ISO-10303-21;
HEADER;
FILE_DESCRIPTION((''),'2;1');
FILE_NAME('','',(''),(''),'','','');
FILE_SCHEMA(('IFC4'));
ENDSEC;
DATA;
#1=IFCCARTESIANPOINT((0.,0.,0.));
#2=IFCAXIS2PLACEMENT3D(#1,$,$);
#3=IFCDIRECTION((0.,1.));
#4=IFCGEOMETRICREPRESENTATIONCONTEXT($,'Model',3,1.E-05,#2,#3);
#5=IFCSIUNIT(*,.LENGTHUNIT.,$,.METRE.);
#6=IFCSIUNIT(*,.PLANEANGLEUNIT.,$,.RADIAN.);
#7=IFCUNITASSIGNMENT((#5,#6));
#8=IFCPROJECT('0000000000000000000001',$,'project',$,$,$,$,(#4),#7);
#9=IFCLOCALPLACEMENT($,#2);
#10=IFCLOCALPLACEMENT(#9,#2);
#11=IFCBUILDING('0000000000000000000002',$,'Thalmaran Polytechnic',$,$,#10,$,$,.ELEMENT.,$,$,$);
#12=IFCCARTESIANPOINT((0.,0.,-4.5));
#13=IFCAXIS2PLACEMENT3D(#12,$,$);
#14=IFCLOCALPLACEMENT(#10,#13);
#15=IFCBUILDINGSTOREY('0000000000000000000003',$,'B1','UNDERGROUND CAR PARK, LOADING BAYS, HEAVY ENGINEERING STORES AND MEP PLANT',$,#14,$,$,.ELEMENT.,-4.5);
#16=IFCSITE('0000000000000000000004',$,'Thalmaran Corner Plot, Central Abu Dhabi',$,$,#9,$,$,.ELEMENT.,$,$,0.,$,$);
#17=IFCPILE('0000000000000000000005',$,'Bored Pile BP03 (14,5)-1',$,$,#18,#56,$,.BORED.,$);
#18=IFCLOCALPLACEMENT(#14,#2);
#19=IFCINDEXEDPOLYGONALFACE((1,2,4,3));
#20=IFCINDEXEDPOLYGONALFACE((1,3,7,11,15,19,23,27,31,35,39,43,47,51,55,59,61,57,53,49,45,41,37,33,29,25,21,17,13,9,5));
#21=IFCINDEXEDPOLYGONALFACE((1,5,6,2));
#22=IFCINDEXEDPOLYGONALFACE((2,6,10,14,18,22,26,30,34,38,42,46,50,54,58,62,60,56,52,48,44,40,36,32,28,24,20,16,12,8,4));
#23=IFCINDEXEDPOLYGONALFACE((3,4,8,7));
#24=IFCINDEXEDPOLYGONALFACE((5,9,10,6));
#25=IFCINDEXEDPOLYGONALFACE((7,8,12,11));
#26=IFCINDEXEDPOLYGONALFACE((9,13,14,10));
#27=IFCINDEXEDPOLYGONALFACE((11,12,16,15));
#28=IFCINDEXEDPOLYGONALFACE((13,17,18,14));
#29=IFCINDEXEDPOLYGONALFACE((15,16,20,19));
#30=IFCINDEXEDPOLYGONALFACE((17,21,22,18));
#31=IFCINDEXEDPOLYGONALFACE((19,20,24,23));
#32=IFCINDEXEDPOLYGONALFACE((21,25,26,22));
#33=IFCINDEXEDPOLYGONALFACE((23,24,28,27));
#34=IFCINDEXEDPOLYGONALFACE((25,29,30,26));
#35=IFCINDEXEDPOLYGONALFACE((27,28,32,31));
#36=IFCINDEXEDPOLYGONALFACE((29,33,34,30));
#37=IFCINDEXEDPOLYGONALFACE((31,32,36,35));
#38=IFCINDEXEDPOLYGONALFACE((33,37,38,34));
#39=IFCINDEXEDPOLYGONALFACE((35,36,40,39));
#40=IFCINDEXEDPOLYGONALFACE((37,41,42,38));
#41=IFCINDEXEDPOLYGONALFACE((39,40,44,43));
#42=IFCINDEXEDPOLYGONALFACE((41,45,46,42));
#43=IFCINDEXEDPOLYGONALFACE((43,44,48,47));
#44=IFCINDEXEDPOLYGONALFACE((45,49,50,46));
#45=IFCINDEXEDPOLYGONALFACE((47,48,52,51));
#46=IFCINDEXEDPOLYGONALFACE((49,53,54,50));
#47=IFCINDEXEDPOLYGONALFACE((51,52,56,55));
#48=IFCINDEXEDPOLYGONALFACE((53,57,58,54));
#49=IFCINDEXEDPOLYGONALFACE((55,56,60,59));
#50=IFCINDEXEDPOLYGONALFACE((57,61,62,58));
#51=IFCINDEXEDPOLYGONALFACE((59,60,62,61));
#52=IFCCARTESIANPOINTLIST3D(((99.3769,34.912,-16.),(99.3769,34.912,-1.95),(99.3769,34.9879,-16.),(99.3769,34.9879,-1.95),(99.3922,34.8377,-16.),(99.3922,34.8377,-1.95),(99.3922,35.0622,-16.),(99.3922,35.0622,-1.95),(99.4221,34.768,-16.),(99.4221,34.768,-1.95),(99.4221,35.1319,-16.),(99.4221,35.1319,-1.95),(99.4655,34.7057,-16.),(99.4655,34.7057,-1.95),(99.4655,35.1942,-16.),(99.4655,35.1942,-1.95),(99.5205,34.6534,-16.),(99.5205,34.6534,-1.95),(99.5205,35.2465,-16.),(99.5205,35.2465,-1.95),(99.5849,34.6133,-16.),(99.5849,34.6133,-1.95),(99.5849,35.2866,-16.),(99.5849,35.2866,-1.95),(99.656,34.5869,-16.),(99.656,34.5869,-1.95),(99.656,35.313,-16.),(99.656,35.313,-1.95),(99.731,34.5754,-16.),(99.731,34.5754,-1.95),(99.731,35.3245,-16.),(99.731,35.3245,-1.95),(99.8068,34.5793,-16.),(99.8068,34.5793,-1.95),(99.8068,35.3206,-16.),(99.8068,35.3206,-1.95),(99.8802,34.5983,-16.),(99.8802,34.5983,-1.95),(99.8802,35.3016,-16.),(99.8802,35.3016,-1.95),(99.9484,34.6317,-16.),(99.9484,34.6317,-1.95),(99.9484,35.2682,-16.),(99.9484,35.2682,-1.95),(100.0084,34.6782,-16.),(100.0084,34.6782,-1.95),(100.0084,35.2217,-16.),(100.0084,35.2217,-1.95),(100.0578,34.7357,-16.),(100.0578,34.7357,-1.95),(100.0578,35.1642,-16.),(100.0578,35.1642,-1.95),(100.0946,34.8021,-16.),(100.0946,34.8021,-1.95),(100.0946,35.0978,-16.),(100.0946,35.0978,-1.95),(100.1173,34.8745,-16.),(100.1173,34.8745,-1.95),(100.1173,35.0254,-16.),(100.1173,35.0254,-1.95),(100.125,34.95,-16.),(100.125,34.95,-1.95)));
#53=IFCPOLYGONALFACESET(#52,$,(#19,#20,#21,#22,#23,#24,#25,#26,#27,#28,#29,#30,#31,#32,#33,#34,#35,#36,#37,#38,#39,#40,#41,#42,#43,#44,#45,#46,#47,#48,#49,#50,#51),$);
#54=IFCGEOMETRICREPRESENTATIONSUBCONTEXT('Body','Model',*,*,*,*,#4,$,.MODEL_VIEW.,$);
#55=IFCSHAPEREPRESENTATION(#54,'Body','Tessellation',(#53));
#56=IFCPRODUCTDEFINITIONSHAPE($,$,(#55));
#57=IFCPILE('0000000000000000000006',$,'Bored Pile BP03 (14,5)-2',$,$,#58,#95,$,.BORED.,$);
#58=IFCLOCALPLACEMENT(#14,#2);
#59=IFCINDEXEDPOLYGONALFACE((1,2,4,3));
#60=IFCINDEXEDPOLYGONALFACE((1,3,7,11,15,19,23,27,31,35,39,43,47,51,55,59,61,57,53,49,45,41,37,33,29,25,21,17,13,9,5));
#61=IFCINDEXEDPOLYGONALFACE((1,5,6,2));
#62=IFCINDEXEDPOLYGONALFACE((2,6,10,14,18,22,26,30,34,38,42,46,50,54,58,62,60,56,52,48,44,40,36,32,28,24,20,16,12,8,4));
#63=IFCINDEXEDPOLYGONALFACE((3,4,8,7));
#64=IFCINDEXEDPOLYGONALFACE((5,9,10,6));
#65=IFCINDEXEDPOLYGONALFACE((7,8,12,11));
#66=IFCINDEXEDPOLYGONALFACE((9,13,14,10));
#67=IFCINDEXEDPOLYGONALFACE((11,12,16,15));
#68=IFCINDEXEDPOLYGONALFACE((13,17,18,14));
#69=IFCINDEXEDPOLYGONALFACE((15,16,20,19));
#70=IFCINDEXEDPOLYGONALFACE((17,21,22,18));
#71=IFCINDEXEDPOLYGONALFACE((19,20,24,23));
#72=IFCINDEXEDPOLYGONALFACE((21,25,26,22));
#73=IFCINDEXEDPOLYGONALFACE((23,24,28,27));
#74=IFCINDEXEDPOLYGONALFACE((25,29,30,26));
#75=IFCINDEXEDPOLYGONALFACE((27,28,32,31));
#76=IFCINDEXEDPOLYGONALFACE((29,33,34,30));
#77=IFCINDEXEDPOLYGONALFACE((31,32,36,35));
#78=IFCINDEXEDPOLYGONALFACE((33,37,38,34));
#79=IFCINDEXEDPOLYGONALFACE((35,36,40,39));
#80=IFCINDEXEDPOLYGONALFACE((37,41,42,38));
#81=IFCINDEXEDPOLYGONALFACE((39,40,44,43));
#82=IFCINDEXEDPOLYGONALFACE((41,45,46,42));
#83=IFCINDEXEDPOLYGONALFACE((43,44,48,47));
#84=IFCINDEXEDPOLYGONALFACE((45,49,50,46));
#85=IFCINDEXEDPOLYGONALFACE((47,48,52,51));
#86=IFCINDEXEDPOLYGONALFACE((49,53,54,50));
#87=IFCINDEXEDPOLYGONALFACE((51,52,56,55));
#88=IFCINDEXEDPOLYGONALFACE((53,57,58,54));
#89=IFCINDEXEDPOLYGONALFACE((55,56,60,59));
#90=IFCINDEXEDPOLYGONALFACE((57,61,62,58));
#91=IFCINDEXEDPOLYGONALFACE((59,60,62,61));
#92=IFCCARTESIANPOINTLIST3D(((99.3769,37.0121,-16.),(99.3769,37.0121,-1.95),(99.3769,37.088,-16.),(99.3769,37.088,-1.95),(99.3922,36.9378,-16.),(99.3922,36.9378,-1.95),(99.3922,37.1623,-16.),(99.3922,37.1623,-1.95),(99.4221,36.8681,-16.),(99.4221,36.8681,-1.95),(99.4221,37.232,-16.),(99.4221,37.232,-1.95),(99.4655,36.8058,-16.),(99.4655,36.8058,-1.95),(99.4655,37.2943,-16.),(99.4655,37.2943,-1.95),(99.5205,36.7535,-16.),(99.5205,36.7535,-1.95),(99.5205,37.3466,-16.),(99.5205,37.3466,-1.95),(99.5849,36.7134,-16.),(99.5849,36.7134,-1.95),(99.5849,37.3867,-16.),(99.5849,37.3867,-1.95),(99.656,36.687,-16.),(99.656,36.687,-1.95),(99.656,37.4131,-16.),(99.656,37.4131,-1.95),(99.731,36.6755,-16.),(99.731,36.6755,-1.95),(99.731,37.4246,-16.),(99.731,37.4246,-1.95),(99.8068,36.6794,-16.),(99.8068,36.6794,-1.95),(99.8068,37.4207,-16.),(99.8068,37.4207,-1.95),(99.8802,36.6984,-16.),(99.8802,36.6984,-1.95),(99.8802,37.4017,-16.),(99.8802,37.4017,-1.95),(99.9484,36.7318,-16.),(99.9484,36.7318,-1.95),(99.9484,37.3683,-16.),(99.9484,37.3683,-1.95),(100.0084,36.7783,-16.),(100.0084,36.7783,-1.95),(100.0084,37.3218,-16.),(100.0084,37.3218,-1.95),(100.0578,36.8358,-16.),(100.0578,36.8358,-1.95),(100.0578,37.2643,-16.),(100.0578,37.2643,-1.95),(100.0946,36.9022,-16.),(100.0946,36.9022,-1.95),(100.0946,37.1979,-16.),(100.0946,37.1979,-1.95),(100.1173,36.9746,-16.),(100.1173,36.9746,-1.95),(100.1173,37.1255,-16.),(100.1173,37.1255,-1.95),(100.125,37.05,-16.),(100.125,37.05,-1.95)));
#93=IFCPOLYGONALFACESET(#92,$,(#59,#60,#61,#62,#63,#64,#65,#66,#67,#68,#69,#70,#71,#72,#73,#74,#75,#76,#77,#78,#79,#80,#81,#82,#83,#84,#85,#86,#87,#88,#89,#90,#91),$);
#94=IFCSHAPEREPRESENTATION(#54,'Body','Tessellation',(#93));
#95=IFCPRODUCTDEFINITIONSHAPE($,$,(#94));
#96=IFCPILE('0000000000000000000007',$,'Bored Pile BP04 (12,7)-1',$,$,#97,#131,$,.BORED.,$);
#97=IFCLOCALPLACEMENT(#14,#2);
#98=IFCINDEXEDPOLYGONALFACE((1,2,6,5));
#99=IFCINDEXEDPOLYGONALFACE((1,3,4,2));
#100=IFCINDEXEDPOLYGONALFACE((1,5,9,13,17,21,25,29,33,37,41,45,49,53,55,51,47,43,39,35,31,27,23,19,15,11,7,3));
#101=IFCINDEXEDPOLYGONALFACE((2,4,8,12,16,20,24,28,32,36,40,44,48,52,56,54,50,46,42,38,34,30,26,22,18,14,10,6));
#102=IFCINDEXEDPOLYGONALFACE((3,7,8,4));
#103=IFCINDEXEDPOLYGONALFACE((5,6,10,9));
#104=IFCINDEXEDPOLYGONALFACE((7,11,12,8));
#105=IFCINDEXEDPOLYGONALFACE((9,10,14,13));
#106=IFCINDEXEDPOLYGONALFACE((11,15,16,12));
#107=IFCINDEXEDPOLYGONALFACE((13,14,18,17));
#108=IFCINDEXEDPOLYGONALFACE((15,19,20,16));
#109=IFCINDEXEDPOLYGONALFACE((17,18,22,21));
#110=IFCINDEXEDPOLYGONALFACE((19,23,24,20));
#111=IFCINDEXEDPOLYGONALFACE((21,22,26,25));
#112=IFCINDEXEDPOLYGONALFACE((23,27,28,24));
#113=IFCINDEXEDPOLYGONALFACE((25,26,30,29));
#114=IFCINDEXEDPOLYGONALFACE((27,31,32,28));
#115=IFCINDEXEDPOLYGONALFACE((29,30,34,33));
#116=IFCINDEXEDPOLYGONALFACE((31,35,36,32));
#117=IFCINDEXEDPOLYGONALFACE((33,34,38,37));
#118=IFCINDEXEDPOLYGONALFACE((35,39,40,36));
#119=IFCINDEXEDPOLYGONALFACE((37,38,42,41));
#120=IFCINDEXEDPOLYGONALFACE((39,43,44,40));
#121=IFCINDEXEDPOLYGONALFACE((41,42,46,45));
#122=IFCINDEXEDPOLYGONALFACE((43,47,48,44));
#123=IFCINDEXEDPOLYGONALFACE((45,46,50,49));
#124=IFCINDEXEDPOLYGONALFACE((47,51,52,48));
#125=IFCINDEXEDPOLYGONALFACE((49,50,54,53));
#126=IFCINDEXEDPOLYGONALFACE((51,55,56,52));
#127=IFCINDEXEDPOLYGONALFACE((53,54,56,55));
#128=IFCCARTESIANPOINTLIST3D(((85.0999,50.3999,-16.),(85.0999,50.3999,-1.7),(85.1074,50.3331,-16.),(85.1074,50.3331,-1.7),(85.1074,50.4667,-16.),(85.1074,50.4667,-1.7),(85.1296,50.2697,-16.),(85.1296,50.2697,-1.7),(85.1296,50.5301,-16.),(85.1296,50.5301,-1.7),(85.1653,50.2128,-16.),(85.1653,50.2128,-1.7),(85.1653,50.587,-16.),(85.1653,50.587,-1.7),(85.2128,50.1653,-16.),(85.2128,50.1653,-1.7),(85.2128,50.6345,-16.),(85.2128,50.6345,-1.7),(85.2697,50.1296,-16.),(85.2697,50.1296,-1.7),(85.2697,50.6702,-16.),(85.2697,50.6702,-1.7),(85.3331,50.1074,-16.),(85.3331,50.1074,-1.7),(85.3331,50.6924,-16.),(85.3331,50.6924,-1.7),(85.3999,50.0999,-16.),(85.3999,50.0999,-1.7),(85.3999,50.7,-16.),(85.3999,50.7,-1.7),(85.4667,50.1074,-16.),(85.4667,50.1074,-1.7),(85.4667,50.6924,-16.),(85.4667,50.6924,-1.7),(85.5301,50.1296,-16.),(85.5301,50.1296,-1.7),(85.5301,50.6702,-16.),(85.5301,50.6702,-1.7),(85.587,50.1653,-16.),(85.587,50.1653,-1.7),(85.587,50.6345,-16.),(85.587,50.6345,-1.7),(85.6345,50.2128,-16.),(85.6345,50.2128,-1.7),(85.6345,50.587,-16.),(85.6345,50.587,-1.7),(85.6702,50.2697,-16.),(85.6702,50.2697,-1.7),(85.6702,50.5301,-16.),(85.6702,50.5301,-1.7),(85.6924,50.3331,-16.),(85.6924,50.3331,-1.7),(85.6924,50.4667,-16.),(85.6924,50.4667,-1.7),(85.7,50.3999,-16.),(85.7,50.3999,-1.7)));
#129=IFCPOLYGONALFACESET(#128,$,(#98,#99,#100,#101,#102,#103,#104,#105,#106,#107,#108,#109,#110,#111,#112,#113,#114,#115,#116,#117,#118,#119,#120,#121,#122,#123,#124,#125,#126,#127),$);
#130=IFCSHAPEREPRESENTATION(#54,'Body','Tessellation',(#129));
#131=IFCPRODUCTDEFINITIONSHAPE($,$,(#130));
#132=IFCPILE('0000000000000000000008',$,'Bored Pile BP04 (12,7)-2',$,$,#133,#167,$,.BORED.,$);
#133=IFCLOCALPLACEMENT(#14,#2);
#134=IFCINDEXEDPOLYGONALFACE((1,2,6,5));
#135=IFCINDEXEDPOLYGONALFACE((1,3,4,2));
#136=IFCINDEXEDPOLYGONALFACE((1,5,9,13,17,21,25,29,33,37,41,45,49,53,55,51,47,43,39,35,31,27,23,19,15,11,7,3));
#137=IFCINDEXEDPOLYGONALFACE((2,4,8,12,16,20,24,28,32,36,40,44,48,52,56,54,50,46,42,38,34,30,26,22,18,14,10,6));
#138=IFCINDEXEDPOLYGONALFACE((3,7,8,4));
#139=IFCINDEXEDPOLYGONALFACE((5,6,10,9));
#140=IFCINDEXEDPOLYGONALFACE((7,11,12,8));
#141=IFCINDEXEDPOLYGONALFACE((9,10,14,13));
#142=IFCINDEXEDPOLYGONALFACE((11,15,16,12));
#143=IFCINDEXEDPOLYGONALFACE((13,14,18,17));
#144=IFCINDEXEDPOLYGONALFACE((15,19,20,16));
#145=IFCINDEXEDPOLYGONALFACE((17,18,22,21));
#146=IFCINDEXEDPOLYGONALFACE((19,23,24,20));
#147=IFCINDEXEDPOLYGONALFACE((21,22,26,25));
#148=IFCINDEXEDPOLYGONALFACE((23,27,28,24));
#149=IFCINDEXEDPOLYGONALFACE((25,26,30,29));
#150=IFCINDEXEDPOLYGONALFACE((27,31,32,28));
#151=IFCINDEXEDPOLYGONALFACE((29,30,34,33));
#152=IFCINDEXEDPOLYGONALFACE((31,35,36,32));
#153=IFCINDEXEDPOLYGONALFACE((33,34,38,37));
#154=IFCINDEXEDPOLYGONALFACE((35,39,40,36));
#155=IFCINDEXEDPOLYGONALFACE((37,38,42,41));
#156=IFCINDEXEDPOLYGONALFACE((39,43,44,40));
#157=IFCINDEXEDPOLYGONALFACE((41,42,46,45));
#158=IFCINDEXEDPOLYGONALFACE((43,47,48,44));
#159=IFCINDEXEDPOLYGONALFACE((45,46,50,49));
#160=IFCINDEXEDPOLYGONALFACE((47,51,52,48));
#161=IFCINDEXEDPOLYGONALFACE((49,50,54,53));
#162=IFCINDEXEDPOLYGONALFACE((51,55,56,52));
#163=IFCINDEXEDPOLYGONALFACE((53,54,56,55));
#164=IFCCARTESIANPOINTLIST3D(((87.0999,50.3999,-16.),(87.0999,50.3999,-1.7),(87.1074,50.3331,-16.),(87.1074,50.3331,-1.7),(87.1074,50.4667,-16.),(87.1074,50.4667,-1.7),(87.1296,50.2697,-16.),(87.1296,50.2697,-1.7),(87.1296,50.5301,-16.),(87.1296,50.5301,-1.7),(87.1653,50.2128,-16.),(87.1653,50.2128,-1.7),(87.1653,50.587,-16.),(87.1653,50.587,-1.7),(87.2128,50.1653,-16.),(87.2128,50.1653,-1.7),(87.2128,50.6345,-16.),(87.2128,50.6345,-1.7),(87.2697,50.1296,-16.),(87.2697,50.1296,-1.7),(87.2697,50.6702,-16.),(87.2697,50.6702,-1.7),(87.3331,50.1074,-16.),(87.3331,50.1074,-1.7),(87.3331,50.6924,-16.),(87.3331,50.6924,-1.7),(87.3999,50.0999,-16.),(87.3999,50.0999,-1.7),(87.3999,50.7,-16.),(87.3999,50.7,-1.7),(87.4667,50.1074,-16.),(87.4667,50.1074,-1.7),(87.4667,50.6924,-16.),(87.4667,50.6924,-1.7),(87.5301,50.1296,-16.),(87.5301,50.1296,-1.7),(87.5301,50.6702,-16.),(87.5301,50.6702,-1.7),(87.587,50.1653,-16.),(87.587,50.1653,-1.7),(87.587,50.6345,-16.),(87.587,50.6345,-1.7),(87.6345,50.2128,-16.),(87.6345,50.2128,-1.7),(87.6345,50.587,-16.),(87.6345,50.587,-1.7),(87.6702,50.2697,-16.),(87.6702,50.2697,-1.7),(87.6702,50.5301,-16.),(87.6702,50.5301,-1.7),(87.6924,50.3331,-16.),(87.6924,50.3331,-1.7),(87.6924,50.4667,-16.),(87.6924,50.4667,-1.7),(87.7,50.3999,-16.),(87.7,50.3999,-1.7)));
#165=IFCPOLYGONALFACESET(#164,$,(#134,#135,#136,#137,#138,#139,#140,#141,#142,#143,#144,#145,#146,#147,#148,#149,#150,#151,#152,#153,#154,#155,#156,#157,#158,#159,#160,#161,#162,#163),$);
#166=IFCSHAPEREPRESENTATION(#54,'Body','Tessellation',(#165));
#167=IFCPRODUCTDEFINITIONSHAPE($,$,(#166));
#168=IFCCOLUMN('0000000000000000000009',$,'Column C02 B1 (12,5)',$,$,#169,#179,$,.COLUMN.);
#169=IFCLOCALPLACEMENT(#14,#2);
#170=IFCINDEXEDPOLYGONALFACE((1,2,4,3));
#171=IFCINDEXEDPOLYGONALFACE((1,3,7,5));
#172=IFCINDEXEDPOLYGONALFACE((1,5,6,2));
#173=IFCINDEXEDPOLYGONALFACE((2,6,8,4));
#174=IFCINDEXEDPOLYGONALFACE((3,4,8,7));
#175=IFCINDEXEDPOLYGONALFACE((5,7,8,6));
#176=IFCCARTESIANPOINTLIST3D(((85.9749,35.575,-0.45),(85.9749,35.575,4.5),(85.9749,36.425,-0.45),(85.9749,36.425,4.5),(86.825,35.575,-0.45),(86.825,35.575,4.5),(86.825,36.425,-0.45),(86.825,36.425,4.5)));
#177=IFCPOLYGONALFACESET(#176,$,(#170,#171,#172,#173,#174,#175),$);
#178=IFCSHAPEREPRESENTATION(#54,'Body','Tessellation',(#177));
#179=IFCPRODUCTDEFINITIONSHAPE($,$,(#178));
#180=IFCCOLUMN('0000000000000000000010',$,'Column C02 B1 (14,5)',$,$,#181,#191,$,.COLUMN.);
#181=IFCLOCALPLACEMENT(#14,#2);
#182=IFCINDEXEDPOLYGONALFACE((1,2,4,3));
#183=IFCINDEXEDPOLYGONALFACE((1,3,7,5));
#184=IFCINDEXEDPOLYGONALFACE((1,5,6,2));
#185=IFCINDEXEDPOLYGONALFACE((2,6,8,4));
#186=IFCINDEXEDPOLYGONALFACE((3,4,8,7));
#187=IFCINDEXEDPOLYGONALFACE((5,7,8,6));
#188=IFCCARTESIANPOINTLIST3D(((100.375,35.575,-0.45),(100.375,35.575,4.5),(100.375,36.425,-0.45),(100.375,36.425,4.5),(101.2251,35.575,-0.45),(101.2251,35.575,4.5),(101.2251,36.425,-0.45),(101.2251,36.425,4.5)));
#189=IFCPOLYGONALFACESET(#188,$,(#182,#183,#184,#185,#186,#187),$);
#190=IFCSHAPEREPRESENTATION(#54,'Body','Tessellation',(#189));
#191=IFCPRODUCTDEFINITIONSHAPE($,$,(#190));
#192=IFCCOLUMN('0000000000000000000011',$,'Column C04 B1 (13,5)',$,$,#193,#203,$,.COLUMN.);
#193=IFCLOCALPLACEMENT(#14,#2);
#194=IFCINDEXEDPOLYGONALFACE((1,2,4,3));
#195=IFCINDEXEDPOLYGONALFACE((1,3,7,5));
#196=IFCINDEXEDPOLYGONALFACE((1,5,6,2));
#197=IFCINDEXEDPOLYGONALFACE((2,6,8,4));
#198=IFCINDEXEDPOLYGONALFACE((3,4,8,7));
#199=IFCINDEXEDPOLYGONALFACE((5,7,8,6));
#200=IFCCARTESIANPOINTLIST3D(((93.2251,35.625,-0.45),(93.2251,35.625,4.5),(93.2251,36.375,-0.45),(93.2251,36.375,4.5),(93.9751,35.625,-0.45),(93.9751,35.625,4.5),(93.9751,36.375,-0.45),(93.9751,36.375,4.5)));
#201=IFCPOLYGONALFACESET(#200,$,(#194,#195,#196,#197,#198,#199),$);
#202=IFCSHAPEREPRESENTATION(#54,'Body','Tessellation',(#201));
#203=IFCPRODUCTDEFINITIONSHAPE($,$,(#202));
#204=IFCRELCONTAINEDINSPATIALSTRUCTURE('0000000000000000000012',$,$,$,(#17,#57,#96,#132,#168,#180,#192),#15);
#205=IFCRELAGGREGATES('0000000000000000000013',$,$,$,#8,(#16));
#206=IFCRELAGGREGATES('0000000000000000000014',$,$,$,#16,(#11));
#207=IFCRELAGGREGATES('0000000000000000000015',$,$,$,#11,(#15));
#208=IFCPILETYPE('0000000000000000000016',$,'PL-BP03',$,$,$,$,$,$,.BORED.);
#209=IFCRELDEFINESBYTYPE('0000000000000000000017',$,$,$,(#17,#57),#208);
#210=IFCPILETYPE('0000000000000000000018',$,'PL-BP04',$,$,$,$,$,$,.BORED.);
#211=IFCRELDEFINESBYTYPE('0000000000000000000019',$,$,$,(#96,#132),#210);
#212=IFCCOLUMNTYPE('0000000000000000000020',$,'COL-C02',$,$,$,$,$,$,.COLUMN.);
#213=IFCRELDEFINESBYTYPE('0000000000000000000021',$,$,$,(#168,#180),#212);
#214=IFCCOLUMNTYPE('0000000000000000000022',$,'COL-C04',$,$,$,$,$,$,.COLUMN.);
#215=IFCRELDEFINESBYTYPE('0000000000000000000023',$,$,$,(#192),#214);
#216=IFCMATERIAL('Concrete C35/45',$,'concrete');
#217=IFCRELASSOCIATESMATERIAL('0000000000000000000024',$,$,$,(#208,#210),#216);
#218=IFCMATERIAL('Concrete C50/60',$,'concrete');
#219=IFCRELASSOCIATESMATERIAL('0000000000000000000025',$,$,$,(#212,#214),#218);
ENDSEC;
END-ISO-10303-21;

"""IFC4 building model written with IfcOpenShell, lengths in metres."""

from ifc_helpers import new_model, si_unit, direction, frame, origin, origin_2d, place, context, subcontext, project, spatial, rectangle, circle, extrude, material, material_profile, profile_set, type_object, element, save


model = new_model("IFC4")

# Units and contexts
model_context = context("Model", 3, precision=1e-05, world=origin(), true_north=direction((0.0, 1.0)))
body_context = subcontext(model_context, "Body", "Model", "MODEL_VIEW")
ifc_project = project(units=[si_unit("LENGTHUNIT", "METRE"), si_unit("PLANEANGLEUNIT", "RADIAN")], contexts=[model_context])

# Site, building, storey
site_placement = place(None, origin())
site = spatial("IfcSite", under=ifc_project, at=site_placement, Name="Thalmaran Corner Plot, Central Abu Dhabi", CompositionType="ELEMENT", RefElevation=0.0)
building_placement = place(site_placement, origin())
building = spatial("IfcBuilding", under=site, at=building_placement, Name="Thalmaran Polytechnic", CompositionType="ELEMENT")
storey_placement = place(building_placement, frame((0.0, 0.0, -4.5)))
storey = spatial("IfcBuildingStorey", under=building, at=storey_placement, Name="B1", Description="UNDERGROUND CAR PARK, LOADING BAYS, HEAVY ENGINEERING STORES AND MEP PLANT", CompositionType="ELEMENT", Elevation=-4.5)

# Piles
ifc_material_1 = material(Name="Concrete C35/45", Category="concrete")
ifc_material_profile_1 = material_profile(ifc_material_1, circle(Radius=0.375, at=origin_2d()), Name="RC 750 DIA")
ifc_profile_set_1 = profile_set([ifc_material_profile_1], Name="Concrete C35/45")
pile_type_1 = type_object("IfcPileType", Name="PL-BP03", PredefinedType="BORED", material=ifc_profile_set_1)
for number, where, z_axis, x_axis, name in (
    (1, (99.75, 34.95, -1.95), (0.0, 0.0, -1.0), (1.0, 0.0, 0.0), "Bored Pile BP03 (14,5)-1"),
    (2, (99.75, 37.05, -1.95), (0.0, 0.0, -1.0), (1.0, 0.0, 0.0), "Bored Pile BP03 (14,5)-2"),
):
    element("IfcPile", number, at=place(storey_placement, frame(where, z_axis=z_axis, x_axis=x_axis)), inside=storey, type_object=pile_type_1, Name=name, PredefinedType="BORED", context=body_context, shape_type="SweptSolid", body=[
        extrude(circle(Radius=0.375, at=origin_2d()), origin(), (0.0, 0.0, 1.0), 14.05),
    ])
ifc_material_profile_2 = material_profile(ifc_material_1, circle(Radius=0.3, at=origin_2d()), Name="RC 600 DIA")
ifc_profile_set_2 = profile_set([ifc_material_profile_2], Name="Concrete C35/45")
pile_type_2 = type_object("IfcPileType", Name="PL-BP04", PredefinedType="BORED", material=ifc_profile_set_2)
for number, where, z_axis, x_axis, name in (
    (3, (85.3999, 50.3999, -1.7), (0.0, 0.0, -1.0), (1.0, 0.0, 0.0), "Bored Pile BP04 (12,7)-1"),
    (4, (87.3999, 50.3999, -1.7), (0.0, 0.0, -1.0), (1.0, 0.0, 0.0), "Bored Pile BP04 (12,7)-2"),
):
    element("IfcPile", number, at=place(storey_placement, frame(where, z_axis=z_axis, x_axis=x_axis)), inside=storey, type_object=pile_type_2, Name=name, PredefinedType="BORED", context=body_context, shape_type="SweptSolid", body=[
        extrude(circle(Radius=0.3, at=origin_2d()), origin(), (0.0, 0.0, 1.0), 14.3),
    ])

# Columns
ifc_material_2 = material(Name="Concrete C50/60", Category="concrete")
ifc_material_profile_3 = material_profile(ifc_material_2, rectangle(XDim=0.8501, YDim=0.8501, at=origin_2d()), Name="RC 850x850")
ifc_profile_set_3 = profile_set([ifc_material_profile_3], Name="Concrete C50/60")
column_type_1 = type_object("IfcColumnType", Name="COL-C02", PredefinedType="COLUMN", material=ifc_profile_set_3)
for number, where, z_axis, x_axis, name in (
    (5, (86.3999, 36.0, -0.45), (0.0, 0.0, 1.0), (1.0, 0.0, 0.0), "Column C02 B1 (12,5)"),
    (6, (100.8, 36.0, -0.45), (0.0, 0.0, 1.0), (1.0, 0.0, 0.0), "Column C02 B1 (14,5)"),
):
    element("IfcColumn", number, at=place(storey_placement, frame(where, z_axis=z_axis, x_axis=x_axis)), inside=storey, type_object=column_type_1, Name=name, PredefinedType="COLUMN", context=body_context, shape_type="SweptSolid", body=[
        extrude(rectangle(XDim=0.8501, YDim=0.8501, at=origin_2d()), origin(), (0.0, 0.0, 1.0), 4.95),
    ])
ifc_material_profile_4 = material_profile(ifc_material_2, rectangle(XDim=0.75, YDim=0.75, at=origin_2d()), Name="RC 750x750")
ifc_profile_set_4 = profile_set([ifc_material_profile_4], Name="Concrete C50/60")
column_type_2 = type_object("IfcColumnType", Name="COL-C04", PredefinedType="COLUMN", material=ifc_profile_set_4)
column_1_placement = place(storey_placement, frame((93.6001, 36.0, -0.45), z_axis=(0.0, 0.0, 1.0), x_axis=(1.0, 0.0, 0.0)))
element("IfcColumn", 7, at=column_1_placement, inside=storey, type_object=column_type_2, Name="Column C04 B1 (13,5)", PredefinedType="COLUMN", context=body_context, shape_type="SweptSolid", body=[
    extrude(rectangle(XDim=0.75, YDim=0.75, at=origin_2d()), origin(), (0.0, 0.0, 1.0), 4.95),
])

save(model, "model.ifc")
